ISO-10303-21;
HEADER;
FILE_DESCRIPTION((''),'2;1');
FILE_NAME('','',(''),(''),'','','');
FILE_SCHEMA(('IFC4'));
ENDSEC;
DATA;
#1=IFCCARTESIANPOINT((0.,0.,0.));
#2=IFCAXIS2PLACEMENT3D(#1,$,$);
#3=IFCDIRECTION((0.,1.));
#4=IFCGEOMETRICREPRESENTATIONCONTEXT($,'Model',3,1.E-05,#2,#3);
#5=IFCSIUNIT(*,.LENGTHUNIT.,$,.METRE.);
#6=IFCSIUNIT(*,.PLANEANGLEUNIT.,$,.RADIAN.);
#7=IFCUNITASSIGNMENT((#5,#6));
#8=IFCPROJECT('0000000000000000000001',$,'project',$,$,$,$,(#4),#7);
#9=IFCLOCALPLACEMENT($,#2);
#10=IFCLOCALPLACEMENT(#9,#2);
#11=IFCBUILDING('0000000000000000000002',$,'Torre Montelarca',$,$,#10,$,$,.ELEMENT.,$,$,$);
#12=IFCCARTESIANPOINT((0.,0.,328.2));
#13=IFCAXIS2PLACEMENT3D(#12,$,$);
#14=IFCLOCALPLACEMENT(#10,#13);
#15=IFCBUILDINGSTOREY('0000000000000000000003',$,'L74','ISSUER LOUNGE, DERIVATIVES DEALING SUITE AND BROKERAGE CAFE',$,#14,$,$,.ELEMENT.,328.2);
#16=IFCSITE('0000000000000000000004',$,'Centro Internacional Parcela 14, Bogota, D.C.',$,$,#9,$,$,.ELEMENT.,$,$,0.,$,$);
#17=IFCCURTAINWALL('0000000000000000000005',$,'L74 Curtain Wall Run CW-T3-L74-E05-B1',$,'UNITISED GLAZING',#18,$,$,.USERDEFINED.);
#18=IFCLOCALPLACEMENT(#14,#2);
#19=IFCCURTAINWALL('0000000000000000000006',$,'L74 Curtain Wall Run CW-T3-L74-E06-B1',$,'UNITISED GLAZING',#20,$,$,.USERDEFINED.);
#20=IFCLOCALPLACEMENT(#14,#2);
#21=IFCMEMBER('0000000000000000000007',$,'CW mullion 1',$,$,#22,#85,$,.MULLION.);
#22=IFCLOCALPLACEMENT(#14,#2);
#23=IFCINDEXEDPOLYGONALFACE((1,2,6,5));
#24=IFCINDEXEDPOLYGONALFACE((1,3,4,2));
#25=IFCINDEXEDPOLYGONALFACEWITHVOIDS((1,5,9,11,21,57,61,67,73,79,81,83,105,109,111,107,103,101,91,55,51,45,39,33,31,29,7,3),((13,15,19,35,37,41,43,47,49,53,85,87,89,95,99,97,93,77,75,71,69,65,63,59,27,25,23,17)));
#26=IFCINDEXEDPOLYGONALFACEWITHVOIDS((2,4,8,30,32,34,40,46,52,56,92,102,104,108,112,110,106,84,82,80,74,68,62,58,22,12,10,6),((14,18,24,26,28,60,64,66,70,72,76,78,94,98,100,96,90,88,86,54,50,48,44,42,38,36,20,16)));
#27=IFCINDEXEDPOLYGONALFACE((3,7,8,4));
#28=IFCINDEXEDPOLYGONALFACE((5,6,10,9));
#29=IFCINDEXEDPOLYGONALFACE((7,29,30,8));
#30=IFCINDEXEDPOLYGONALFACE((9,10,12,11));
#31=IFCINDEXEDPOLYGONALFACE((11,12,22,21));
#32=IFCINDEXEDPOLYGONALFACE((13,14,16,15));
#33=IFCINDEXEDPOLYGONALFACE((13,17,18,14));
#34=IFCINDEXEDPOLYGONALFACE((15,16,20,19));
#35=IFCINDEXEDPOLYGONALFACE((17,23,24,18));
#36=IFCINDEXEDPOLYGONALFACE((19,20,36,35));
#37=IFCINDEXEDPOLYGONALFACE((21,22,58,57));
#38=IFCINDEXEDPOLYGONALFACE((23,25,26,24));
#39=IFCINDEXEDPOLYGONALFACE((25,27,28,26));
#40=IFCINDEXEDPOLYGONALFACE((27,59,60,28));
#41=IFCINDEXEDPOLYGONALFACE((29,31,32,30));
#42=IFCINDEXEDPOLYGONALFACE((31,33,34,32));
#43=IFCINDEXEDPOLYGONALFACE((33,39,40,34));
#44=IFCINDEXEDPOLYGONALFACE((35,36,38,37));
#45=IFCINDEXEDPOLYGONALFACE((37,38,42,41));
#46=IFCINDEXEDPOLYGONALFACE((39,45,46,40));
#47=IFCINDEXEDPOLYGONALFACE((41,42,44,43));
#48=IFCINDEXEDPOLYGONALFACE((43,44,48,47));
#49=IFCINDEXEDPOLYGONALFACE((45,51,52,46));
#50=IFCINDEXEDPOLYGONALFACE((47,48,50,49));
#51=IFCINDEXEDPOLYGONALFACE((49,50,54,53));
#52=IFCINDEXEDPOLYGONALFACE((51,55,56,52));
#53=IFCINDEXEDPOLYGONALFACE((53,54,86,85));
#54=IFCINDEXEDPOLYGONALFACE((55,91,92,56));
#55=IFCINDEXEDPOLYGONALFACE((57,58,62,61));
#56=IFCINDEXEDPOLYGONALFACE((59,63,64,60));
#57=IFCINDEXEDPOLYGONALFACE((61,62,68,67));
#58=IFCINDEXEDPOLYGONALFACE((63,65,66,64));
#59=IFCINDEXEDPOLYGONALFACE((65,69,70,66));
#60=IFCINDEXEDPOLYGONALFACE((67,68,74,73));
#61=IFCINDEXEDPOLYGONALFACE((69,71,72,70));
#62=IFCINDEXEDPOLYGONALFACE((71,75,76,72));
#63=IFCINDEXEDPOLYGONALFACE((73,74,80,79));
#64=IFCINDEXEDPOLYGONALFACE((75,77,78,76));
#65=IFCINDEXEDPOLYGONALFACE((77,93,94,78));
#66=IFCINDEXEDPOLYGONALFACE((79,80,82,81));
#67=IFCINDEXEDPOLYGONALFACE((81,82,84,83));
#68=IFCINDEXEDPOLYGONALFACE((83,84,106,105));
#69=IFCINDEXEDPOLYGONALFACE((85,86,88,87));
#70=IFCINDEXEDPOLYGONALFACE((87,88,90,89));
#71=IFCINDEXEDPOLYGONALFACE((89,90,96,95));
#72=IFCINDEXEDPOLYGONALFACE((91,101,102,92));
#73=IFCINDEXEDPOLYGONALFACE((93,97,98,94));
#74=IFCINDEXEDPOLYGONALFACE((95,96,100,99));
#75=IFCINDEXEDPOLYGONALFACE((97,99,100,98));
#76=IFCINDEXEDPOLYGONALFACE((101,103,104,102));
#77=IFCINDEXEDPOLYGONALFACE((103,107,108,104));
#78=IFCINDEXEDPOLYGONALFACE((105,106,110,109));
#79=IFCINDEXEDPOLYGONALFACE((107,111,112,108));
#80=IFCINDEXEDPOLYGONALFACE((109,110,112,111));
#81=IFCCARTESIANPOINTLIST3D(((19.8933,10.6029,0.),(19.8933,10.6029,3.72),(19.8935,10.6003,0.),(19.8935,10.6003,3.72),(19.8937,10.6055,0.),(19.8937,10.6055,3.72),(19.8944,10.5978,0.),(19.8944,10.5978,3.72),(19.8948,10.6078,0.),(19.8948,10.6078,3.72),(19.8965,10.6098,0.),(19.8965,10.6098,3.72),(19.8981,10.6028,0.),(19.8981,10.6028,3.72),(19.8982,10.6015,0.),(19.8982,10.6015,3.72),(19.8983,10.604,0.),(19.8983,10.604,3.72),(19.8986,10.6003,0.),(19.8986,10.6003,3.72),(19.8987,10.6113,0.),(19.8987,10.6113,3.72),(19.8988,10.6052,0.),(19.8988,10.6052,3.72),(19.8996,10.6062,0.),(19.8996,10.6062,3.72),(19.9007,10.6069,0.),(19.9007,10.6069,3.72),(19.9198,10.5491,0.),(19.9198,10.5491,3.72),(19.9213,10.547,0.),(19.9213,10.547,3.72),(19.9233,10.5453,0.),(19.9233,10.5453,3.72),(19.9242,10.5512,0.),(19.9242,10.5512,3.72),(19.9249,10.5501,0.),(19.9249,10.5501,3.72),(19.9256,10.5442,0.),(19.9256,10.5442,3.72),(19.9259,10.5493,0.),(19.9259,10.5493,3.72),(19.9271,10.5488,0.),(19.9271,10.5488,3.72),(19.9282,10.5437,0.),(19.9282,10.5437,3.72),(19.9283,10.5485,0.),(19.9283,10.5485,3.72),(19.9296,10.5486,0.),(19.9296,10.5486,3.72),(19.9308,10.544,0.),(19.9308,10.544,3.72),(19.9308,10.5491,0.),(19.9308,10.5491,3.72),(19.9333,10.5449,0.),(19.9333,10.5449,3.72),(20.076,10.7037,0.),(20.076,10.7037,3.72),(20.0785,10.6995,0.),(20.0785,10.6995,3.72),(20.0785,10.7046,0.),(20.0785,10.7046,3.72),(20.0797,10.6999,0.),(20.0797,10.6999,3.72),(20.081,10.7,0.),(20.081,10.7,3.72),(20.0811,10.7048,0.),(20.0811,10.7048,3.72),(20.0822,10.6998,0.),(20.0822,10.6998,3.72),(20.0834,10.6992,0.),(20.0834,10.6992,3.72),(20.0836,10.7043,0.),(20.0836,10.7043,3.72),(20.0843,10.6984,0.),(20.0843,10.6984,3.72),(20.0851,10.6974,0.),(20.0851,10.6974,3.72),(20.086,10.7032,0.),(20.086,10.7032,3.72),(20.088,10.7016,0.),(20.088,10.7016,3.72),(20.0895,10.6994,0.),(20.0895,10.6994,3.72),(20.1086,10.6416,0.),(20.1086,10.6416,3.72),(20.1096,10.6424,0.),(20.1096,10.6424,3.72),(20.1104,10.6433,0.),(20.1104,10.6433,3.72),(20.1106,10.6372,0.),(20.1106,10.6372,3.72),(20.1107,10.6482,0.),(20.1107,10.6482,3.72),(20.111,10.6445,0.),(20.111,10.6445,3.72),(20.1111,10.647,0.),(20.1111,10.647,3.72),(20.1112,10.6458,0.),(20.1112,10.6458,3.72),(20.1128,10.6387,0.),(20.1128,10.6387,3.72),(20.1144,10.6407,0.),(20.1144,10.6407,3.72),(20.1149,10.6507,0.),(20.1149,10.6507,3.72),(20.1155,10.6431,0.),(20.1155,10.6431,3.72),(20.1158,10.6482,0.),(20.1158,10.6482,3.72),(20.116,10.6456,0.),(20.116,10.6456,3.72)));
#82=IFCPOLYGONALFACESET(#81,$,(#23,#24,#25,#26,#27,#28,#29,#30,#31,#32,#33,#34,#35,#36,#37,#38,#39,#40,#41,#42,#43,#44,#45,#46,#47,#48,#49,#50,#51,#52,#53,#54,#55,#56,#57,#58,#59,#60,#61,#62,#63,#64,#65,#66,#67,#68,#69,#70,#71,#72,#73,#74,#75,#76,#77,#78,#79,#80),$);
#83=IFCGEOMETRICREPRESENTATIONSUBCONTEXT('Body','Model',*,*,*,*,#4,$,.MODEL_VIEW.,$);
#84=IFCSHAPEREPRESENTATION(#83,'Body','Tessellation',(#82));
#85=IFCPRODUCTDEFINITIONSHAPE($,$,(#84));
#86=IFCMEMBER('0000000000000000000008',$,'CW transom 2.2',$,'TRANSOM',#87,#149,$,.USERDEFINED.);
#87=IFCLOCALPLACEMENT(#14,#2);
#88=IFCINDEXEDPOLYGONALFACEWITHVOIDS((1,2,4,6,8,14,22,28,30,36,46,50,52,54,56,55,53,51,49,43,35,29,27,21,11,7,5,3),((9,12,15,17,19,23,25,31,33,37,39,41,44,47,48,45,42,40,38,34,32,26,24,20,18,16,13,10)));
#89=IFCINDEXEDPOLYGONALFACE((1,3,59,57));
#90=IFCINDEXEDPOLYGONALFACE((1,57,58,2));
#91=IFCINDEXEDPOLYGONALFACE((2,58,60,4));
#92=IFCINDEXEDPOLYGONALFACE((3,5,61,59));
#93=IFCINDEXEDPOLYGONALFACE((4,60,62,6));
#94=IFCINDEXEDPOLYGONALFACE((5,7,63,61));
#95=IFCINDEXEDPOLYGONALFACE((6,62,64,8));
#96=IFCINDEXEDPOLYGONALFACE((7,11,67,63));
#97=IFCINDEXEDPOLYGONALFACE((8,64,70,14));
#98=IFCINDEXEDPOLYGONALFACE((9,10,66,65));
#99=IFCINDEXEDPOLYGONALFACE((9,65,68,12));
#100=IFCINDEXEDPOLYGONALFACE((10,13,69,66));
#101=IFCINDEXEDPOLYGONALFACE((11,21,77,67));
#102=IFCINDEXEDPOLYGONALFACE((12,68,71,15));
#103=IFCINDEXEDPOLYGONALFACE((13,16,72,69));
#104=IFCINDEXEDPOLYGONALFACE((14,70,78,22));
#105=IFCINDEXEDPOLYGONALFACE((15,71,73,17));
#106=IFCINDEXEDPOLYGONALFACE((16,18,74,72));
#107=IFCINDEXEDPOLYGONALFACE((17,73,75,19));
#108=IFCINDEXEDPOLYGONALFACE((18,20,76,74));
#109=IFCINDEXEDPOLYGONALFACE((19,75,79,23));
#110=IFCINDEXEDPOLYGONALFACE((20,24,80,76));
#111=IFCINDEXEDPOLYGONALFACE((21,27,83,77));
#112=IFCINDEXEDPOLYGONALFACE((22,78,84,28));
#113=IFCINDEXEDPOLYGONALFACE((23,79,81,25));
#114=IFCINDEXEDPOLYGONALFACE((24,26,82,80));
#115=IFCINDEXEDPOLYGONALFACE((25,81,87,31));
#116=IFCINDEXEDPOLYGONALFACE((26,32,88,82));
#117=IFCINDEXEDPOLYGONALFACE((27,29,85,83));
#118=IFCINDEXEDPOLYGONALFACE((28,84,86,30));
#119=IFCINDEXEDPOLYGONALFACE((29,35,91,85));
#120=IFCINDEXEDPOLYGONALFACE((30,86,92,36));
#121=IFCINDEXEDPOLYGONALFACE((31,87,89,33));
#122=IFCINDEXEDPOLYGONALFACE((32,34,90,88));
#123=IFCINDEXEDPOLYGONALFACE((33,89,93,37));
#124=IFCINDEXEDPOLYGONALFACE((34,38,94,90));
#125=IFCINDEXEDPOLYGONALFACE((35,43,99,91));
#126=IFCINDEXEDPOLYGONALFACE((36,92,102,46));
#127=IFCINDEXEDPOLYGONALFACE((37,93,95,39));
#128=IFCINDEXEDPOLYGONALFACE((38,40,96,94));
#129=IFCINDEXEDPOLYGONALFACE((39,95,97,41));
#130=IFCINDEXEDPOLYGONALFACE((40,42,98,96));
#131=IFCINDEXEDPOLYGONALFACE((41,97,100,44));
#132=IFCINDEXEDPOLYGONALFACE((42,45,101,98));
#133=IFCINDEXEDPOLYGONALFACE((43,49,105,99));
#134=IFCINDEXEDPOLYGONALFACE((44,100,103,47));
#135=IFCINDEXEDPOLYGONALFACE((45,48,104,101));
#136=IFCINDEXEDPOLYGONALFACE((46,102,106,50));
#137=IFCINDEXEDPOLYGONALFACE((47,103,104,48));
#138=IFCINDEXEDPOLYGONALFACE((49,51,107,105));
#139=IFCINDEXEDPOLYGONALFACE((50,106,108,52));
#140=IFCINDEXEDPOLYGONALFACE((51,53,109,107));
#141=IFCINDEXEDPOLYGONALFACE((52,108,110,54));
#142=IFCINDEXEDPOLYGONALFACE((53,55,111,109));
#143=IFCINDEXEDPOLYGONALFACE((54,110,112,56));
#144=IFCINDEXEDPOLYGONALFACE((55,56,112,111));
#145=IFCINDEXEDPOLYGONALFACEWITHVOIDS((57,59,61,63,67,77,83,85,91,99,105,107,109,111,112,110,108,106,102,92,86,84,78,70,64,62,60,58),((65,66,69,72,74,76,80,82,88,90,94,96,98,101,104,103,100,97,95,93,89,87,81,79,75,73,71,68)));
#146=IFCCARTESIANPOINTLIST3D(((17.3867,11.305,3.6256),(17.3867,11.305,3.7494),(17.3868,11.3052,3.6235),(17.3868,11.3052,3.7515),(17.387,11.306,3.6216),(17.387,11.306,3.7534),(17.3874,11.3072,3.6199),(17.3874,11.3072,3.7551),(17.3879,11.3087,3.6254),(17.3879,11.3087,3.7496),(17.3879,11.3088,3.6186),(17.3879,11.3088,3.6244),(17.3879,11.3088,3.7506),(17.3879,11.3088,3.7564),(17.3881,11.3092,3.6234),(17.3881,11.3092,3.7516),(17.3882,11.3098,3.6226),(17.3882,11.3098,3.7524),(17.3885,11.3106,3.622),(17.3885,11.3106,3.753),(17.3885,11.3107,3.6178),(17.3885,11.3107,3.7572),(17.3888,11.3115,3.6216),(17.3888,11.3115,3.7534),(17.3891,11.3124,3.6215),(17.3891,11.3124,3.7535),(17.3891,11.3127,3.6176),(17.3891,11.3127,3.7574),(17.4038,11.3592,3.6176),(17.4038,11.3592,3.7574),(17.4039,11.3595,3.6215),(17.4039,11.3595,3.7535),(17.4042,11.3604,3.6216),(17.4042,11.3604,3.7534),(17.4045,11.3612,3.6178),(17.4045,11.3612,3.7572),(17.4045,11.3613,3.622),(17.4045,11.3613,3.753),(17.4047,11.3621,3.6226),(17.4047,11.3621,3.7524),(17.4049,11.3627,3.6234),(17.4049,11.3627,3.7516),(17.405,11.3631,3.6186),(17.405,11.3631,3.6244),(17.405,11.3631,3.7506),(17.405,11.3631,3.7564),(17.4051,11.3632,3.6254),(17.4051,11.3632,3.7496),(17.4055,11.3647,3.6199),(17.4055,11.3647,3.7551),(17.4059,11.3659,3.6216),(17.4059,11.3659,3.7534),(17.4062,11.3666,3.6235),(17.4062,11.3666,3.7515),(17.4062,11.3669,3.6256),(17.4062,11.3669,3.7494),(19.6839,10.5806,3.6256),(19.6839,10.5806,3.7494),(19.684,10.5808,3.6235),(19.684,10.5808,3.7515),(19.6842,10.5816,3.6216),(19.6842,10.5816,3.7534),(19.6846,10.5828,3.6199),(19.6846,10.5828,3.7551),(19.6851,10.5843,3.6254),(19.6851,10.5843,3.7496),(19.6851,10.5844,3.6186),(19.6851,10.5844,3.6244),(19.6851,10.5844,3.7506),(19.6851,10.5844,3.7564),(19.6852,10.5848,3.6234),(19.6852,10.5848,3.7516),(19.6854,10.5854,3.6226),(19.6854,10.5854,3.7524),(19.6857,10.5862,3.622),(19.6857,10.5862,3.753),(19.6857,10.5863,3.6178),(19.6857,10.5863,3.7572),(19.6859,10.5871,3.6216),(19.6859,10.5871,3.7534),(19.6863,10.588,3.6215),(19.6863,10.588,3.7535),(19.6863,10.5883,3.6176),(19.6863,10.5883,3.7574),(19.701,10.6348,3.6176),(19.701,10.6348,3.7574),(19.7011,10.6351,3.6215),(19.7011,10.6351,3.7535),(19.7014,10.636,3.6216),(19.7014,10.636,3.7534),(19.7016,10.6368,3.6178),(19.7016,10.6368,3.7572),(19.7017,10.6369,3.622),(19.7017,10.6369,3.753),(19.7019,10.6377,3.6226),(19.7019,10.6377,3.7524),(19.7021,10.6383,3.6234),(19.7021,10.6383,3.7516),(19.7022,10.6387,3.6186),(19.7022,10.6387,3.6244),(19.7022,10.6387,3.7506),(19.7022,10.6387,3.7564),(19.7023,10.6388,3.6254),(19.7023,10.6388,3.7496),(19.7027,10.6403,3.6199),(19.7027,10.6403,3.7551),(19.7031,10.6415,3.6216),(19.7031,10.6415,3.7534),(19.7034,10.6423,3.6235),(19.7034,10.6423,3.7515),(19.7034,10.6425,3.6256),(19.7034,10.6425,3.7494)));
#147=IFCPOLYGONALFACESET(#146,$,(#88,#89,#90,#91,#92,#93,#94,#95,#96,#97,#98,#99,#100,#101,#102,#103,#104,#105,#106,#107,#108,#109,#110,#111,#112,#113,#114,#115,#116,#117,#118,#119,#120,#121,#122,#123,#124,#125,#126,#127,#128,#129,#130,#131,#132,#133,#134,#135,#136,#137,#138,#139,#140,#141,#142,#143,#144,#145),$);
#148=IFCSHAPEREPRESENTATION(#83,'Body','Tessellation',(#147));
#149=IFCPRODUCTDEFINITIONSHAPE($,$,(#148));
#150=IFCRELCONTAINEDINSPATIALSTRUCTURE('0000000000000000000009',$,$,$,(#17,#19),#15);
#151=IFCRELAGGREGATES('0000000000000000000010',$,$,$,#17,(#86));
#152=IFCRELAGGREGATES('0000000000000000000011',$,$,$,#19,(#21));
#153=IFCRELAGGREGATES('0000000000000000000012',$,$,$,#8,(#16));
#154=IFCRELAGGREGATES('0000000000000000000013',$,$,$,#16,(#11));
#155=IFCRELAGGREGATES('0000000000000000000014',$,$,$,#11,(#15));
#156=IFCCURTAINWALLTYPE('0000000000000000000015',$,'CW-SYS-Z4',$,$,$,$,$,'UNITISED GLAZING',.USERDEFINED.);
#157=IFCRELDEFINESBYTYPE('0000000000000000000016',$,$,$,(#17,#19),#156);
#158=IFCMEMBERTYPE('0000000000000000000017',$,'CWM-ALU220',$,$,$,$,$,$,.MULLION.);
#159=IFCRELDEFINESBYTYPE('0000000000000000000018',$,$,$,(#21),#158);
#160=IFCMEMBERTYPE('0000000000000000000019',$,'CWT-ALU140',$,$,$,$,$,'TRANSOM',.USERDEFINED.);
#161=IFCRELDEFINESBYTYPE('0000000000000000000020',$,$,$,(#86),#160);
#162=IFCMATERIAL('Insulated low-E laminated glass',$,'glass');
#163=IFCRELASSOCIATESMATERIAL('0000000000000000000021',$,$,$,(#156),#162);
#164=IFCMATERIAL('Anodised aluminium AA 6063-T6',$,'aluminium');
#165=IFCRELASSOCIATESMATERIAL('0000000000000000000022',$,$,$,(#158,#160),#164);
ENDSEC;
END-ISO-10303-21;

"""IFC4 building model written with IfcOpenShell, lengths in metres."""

from ifc_helpers import new_model, si_unit, direction, frame, origin, origin_2d, place, context, subcontext, project, spatial, hollow_rectangle, extrude, source, transform, mapped, material, material_profile, profile_set, type_object, element, aggregate, save


model = new_model("IFC4")

# Units and contexts
model_context = context("Model", 3, precision=1e-05, world=origin(), true_north=direction((0.0, 1.0)))
body_context = subcontext(model_context, "Body", "Model", "MODEL_VIEW")
ifc_project = project(units=[si_unit("LENGTHUNIT", "METRE"), si_unit("PLANEANGLEUNIT", "RADIAN")], contexts=[model_context])

# Site, building, storey
site_placement = place(None, origin())
site = spatial("IfcSite", under=ifc_project, at=site_placement, Name="Centro Internacional Parcela 14, Bogota, D.C.", CompositionType="ELEMENT", RefElevation=0.0)
building_placement = place(site_placement, origin())
building = spatial("IfcBuilding", under=site, at=building_placement, Name="Torre Montelarca", CompositionType="ELEMENT")
storey_placement = place(building_placement, frame((0.0, 0.0, 328.2)))
storey = spatial("IfcBuildingStorey", under=building, at=storey_placement, Name="L74", Description="ISSUER LOUNGE, DERIVATIVES DEALING SUITE AND BROKERAGE CAFE", CompositionType="ELEMENT", Elevation=328.2)

# Curtain walls, member
ifc_material_1 = material(Name="Insulated low-E laminated glass", Category="glass")
curtain_wall_type = type_object("IfcCurtainWallType", Name="CW-SYS-Z4", ElementType="UNITISED GLAZING", PredefinedType="USERDEFINED", material=ifc_material_1)
curtain_wall_1_placement = place(storey_placement, origin())
curtain_wall_1 = element("IfcCurtainWall", 1, at=curtain_wall_1_placement, inside=storey, type_object=curtain_wall_type, Name="L74 Curtain Wall Run CW-T3-L74-E05-B1", ObjectType="UNITISED GLAZING", PredefinedType="USERDEFINED")
ifc_material_2 = material(Name="Anodised aluminium AA 6063-T6", Category="aluminium")
ifc_material_profile_1 = material_profile(ifc_material_2, hollow_rectangle(XDim=0.075, YDim=0.22, WallThickness=0.0049, InnerFilletRadius=0.0049, OuterFilletRadius=0.01, at=origin_2d()), Name="ALU75X220X5", Category="aluminium")
ifc_profile_set_1 = profile_set([ifc_material_profile_1], Name="Anodised aluminium AA 6063-T6")
member_type_1 = type_object("IfcMemberType", Name="CWM-ALU220", PredefinedType="MULLION", material=ifc_profile_set_1)
shared_shape_1 = source(origin(), body_context, "Body", "SweptSolid", [
    extrude(hollow_rectangle(XDim=0.075, YDim=0.22, WallThickness=0.0049, InnerFilletRadius=0.0049, OuterFilletRadius=0.01, at=origin_2d()), origin(), (0.0, 0.0, 1.0), 3.72),
])
curtain_wall_2_placement = place(storey_placement, origin())
curtain_wall_2 = element("IfcCurtainWall", 2, at=curtain_wall_2_placement, inside=storey, type_object=curtain_wall_type, Name="L74 Curtain Wall Run CW-T3-L74-E06-B1", ObjectType="UNITISED GLAZING", PredefinedType="USERDEFINED")
member_1_placement = place(storey_placement, frame((20.0046, 10.6243, 0.0), z_axis=(0.0, 0.0, 1.0), x_axis=(-0.461746, 0.887012, 0.0)))
member_1 = element("IfcMember", 3, at=member_1_placement, type_object=member_type_1, Name="CW mullion 1", PredefinedType="MULLION", context=body_context, shape_type="MappedRepresentation", body=[
    mapped(shared_shape_1, transform((0.0, 0.0, 0.0), scale=1.0)),
])

# Member
ifc_material_profile_2 = material_profile(ifc_material_2, hollow_rectangle(XDim=0.0649, YDim=0.1399, WallThickness=0.0039, InnerFilletRadius=0.0039, OuterFilletRadius=0.0081, at=origin_2d()), Name="ALU65X140X4", Category="aluminium")
ifc_profile_set_2 = profile_set([ifc_material_profile_2], Name="Anodised aluminium AA 6063-T6")
member_type_2 = type_object("IfcMemberType", Name="CWT-ALU140", ElementType="TRANSOM", PredefinedType="USERDEFINED", material=ifc_profile_set_2)
shared_shape_2 = source(origin(), body_context, "Body", "SweptSolid", [
    extrude(hollow_rectangle(XDim=0.0649, YDim=0.1399, WallThickness=0.0039, InnerFilletRadius=0.0039, OuterFilletRadius=0.0081, at=origin_2d()), origin(), (0.0, 0.0, 1.0), 2.4087),
])
member_2_placement = place(storey_placement, frame((17.3965, 11.3359, 3.6875), z_axis=(0.953707, -0.300738, 0.0), x_axis=(0.300738, 0.953707, 0.0)))
member_2 = element("IfcMember", 4, at=member_2_placement, type_object=member_type_2, Name="CW transom 2.2", ObjectType="TRANSOM", PredefinedType="USERDEFINED", context=body_context, shape_type="MappedRepresentation", body=[
    mapped(shared_shape_2, transform((0.0, 0.0, 0.0), scale=1.0)),
])

aggregate(curtain_wall_1, [member_2])
aggregate(curtain_wall_2, [member_1])

save(model, "model.ifc")
